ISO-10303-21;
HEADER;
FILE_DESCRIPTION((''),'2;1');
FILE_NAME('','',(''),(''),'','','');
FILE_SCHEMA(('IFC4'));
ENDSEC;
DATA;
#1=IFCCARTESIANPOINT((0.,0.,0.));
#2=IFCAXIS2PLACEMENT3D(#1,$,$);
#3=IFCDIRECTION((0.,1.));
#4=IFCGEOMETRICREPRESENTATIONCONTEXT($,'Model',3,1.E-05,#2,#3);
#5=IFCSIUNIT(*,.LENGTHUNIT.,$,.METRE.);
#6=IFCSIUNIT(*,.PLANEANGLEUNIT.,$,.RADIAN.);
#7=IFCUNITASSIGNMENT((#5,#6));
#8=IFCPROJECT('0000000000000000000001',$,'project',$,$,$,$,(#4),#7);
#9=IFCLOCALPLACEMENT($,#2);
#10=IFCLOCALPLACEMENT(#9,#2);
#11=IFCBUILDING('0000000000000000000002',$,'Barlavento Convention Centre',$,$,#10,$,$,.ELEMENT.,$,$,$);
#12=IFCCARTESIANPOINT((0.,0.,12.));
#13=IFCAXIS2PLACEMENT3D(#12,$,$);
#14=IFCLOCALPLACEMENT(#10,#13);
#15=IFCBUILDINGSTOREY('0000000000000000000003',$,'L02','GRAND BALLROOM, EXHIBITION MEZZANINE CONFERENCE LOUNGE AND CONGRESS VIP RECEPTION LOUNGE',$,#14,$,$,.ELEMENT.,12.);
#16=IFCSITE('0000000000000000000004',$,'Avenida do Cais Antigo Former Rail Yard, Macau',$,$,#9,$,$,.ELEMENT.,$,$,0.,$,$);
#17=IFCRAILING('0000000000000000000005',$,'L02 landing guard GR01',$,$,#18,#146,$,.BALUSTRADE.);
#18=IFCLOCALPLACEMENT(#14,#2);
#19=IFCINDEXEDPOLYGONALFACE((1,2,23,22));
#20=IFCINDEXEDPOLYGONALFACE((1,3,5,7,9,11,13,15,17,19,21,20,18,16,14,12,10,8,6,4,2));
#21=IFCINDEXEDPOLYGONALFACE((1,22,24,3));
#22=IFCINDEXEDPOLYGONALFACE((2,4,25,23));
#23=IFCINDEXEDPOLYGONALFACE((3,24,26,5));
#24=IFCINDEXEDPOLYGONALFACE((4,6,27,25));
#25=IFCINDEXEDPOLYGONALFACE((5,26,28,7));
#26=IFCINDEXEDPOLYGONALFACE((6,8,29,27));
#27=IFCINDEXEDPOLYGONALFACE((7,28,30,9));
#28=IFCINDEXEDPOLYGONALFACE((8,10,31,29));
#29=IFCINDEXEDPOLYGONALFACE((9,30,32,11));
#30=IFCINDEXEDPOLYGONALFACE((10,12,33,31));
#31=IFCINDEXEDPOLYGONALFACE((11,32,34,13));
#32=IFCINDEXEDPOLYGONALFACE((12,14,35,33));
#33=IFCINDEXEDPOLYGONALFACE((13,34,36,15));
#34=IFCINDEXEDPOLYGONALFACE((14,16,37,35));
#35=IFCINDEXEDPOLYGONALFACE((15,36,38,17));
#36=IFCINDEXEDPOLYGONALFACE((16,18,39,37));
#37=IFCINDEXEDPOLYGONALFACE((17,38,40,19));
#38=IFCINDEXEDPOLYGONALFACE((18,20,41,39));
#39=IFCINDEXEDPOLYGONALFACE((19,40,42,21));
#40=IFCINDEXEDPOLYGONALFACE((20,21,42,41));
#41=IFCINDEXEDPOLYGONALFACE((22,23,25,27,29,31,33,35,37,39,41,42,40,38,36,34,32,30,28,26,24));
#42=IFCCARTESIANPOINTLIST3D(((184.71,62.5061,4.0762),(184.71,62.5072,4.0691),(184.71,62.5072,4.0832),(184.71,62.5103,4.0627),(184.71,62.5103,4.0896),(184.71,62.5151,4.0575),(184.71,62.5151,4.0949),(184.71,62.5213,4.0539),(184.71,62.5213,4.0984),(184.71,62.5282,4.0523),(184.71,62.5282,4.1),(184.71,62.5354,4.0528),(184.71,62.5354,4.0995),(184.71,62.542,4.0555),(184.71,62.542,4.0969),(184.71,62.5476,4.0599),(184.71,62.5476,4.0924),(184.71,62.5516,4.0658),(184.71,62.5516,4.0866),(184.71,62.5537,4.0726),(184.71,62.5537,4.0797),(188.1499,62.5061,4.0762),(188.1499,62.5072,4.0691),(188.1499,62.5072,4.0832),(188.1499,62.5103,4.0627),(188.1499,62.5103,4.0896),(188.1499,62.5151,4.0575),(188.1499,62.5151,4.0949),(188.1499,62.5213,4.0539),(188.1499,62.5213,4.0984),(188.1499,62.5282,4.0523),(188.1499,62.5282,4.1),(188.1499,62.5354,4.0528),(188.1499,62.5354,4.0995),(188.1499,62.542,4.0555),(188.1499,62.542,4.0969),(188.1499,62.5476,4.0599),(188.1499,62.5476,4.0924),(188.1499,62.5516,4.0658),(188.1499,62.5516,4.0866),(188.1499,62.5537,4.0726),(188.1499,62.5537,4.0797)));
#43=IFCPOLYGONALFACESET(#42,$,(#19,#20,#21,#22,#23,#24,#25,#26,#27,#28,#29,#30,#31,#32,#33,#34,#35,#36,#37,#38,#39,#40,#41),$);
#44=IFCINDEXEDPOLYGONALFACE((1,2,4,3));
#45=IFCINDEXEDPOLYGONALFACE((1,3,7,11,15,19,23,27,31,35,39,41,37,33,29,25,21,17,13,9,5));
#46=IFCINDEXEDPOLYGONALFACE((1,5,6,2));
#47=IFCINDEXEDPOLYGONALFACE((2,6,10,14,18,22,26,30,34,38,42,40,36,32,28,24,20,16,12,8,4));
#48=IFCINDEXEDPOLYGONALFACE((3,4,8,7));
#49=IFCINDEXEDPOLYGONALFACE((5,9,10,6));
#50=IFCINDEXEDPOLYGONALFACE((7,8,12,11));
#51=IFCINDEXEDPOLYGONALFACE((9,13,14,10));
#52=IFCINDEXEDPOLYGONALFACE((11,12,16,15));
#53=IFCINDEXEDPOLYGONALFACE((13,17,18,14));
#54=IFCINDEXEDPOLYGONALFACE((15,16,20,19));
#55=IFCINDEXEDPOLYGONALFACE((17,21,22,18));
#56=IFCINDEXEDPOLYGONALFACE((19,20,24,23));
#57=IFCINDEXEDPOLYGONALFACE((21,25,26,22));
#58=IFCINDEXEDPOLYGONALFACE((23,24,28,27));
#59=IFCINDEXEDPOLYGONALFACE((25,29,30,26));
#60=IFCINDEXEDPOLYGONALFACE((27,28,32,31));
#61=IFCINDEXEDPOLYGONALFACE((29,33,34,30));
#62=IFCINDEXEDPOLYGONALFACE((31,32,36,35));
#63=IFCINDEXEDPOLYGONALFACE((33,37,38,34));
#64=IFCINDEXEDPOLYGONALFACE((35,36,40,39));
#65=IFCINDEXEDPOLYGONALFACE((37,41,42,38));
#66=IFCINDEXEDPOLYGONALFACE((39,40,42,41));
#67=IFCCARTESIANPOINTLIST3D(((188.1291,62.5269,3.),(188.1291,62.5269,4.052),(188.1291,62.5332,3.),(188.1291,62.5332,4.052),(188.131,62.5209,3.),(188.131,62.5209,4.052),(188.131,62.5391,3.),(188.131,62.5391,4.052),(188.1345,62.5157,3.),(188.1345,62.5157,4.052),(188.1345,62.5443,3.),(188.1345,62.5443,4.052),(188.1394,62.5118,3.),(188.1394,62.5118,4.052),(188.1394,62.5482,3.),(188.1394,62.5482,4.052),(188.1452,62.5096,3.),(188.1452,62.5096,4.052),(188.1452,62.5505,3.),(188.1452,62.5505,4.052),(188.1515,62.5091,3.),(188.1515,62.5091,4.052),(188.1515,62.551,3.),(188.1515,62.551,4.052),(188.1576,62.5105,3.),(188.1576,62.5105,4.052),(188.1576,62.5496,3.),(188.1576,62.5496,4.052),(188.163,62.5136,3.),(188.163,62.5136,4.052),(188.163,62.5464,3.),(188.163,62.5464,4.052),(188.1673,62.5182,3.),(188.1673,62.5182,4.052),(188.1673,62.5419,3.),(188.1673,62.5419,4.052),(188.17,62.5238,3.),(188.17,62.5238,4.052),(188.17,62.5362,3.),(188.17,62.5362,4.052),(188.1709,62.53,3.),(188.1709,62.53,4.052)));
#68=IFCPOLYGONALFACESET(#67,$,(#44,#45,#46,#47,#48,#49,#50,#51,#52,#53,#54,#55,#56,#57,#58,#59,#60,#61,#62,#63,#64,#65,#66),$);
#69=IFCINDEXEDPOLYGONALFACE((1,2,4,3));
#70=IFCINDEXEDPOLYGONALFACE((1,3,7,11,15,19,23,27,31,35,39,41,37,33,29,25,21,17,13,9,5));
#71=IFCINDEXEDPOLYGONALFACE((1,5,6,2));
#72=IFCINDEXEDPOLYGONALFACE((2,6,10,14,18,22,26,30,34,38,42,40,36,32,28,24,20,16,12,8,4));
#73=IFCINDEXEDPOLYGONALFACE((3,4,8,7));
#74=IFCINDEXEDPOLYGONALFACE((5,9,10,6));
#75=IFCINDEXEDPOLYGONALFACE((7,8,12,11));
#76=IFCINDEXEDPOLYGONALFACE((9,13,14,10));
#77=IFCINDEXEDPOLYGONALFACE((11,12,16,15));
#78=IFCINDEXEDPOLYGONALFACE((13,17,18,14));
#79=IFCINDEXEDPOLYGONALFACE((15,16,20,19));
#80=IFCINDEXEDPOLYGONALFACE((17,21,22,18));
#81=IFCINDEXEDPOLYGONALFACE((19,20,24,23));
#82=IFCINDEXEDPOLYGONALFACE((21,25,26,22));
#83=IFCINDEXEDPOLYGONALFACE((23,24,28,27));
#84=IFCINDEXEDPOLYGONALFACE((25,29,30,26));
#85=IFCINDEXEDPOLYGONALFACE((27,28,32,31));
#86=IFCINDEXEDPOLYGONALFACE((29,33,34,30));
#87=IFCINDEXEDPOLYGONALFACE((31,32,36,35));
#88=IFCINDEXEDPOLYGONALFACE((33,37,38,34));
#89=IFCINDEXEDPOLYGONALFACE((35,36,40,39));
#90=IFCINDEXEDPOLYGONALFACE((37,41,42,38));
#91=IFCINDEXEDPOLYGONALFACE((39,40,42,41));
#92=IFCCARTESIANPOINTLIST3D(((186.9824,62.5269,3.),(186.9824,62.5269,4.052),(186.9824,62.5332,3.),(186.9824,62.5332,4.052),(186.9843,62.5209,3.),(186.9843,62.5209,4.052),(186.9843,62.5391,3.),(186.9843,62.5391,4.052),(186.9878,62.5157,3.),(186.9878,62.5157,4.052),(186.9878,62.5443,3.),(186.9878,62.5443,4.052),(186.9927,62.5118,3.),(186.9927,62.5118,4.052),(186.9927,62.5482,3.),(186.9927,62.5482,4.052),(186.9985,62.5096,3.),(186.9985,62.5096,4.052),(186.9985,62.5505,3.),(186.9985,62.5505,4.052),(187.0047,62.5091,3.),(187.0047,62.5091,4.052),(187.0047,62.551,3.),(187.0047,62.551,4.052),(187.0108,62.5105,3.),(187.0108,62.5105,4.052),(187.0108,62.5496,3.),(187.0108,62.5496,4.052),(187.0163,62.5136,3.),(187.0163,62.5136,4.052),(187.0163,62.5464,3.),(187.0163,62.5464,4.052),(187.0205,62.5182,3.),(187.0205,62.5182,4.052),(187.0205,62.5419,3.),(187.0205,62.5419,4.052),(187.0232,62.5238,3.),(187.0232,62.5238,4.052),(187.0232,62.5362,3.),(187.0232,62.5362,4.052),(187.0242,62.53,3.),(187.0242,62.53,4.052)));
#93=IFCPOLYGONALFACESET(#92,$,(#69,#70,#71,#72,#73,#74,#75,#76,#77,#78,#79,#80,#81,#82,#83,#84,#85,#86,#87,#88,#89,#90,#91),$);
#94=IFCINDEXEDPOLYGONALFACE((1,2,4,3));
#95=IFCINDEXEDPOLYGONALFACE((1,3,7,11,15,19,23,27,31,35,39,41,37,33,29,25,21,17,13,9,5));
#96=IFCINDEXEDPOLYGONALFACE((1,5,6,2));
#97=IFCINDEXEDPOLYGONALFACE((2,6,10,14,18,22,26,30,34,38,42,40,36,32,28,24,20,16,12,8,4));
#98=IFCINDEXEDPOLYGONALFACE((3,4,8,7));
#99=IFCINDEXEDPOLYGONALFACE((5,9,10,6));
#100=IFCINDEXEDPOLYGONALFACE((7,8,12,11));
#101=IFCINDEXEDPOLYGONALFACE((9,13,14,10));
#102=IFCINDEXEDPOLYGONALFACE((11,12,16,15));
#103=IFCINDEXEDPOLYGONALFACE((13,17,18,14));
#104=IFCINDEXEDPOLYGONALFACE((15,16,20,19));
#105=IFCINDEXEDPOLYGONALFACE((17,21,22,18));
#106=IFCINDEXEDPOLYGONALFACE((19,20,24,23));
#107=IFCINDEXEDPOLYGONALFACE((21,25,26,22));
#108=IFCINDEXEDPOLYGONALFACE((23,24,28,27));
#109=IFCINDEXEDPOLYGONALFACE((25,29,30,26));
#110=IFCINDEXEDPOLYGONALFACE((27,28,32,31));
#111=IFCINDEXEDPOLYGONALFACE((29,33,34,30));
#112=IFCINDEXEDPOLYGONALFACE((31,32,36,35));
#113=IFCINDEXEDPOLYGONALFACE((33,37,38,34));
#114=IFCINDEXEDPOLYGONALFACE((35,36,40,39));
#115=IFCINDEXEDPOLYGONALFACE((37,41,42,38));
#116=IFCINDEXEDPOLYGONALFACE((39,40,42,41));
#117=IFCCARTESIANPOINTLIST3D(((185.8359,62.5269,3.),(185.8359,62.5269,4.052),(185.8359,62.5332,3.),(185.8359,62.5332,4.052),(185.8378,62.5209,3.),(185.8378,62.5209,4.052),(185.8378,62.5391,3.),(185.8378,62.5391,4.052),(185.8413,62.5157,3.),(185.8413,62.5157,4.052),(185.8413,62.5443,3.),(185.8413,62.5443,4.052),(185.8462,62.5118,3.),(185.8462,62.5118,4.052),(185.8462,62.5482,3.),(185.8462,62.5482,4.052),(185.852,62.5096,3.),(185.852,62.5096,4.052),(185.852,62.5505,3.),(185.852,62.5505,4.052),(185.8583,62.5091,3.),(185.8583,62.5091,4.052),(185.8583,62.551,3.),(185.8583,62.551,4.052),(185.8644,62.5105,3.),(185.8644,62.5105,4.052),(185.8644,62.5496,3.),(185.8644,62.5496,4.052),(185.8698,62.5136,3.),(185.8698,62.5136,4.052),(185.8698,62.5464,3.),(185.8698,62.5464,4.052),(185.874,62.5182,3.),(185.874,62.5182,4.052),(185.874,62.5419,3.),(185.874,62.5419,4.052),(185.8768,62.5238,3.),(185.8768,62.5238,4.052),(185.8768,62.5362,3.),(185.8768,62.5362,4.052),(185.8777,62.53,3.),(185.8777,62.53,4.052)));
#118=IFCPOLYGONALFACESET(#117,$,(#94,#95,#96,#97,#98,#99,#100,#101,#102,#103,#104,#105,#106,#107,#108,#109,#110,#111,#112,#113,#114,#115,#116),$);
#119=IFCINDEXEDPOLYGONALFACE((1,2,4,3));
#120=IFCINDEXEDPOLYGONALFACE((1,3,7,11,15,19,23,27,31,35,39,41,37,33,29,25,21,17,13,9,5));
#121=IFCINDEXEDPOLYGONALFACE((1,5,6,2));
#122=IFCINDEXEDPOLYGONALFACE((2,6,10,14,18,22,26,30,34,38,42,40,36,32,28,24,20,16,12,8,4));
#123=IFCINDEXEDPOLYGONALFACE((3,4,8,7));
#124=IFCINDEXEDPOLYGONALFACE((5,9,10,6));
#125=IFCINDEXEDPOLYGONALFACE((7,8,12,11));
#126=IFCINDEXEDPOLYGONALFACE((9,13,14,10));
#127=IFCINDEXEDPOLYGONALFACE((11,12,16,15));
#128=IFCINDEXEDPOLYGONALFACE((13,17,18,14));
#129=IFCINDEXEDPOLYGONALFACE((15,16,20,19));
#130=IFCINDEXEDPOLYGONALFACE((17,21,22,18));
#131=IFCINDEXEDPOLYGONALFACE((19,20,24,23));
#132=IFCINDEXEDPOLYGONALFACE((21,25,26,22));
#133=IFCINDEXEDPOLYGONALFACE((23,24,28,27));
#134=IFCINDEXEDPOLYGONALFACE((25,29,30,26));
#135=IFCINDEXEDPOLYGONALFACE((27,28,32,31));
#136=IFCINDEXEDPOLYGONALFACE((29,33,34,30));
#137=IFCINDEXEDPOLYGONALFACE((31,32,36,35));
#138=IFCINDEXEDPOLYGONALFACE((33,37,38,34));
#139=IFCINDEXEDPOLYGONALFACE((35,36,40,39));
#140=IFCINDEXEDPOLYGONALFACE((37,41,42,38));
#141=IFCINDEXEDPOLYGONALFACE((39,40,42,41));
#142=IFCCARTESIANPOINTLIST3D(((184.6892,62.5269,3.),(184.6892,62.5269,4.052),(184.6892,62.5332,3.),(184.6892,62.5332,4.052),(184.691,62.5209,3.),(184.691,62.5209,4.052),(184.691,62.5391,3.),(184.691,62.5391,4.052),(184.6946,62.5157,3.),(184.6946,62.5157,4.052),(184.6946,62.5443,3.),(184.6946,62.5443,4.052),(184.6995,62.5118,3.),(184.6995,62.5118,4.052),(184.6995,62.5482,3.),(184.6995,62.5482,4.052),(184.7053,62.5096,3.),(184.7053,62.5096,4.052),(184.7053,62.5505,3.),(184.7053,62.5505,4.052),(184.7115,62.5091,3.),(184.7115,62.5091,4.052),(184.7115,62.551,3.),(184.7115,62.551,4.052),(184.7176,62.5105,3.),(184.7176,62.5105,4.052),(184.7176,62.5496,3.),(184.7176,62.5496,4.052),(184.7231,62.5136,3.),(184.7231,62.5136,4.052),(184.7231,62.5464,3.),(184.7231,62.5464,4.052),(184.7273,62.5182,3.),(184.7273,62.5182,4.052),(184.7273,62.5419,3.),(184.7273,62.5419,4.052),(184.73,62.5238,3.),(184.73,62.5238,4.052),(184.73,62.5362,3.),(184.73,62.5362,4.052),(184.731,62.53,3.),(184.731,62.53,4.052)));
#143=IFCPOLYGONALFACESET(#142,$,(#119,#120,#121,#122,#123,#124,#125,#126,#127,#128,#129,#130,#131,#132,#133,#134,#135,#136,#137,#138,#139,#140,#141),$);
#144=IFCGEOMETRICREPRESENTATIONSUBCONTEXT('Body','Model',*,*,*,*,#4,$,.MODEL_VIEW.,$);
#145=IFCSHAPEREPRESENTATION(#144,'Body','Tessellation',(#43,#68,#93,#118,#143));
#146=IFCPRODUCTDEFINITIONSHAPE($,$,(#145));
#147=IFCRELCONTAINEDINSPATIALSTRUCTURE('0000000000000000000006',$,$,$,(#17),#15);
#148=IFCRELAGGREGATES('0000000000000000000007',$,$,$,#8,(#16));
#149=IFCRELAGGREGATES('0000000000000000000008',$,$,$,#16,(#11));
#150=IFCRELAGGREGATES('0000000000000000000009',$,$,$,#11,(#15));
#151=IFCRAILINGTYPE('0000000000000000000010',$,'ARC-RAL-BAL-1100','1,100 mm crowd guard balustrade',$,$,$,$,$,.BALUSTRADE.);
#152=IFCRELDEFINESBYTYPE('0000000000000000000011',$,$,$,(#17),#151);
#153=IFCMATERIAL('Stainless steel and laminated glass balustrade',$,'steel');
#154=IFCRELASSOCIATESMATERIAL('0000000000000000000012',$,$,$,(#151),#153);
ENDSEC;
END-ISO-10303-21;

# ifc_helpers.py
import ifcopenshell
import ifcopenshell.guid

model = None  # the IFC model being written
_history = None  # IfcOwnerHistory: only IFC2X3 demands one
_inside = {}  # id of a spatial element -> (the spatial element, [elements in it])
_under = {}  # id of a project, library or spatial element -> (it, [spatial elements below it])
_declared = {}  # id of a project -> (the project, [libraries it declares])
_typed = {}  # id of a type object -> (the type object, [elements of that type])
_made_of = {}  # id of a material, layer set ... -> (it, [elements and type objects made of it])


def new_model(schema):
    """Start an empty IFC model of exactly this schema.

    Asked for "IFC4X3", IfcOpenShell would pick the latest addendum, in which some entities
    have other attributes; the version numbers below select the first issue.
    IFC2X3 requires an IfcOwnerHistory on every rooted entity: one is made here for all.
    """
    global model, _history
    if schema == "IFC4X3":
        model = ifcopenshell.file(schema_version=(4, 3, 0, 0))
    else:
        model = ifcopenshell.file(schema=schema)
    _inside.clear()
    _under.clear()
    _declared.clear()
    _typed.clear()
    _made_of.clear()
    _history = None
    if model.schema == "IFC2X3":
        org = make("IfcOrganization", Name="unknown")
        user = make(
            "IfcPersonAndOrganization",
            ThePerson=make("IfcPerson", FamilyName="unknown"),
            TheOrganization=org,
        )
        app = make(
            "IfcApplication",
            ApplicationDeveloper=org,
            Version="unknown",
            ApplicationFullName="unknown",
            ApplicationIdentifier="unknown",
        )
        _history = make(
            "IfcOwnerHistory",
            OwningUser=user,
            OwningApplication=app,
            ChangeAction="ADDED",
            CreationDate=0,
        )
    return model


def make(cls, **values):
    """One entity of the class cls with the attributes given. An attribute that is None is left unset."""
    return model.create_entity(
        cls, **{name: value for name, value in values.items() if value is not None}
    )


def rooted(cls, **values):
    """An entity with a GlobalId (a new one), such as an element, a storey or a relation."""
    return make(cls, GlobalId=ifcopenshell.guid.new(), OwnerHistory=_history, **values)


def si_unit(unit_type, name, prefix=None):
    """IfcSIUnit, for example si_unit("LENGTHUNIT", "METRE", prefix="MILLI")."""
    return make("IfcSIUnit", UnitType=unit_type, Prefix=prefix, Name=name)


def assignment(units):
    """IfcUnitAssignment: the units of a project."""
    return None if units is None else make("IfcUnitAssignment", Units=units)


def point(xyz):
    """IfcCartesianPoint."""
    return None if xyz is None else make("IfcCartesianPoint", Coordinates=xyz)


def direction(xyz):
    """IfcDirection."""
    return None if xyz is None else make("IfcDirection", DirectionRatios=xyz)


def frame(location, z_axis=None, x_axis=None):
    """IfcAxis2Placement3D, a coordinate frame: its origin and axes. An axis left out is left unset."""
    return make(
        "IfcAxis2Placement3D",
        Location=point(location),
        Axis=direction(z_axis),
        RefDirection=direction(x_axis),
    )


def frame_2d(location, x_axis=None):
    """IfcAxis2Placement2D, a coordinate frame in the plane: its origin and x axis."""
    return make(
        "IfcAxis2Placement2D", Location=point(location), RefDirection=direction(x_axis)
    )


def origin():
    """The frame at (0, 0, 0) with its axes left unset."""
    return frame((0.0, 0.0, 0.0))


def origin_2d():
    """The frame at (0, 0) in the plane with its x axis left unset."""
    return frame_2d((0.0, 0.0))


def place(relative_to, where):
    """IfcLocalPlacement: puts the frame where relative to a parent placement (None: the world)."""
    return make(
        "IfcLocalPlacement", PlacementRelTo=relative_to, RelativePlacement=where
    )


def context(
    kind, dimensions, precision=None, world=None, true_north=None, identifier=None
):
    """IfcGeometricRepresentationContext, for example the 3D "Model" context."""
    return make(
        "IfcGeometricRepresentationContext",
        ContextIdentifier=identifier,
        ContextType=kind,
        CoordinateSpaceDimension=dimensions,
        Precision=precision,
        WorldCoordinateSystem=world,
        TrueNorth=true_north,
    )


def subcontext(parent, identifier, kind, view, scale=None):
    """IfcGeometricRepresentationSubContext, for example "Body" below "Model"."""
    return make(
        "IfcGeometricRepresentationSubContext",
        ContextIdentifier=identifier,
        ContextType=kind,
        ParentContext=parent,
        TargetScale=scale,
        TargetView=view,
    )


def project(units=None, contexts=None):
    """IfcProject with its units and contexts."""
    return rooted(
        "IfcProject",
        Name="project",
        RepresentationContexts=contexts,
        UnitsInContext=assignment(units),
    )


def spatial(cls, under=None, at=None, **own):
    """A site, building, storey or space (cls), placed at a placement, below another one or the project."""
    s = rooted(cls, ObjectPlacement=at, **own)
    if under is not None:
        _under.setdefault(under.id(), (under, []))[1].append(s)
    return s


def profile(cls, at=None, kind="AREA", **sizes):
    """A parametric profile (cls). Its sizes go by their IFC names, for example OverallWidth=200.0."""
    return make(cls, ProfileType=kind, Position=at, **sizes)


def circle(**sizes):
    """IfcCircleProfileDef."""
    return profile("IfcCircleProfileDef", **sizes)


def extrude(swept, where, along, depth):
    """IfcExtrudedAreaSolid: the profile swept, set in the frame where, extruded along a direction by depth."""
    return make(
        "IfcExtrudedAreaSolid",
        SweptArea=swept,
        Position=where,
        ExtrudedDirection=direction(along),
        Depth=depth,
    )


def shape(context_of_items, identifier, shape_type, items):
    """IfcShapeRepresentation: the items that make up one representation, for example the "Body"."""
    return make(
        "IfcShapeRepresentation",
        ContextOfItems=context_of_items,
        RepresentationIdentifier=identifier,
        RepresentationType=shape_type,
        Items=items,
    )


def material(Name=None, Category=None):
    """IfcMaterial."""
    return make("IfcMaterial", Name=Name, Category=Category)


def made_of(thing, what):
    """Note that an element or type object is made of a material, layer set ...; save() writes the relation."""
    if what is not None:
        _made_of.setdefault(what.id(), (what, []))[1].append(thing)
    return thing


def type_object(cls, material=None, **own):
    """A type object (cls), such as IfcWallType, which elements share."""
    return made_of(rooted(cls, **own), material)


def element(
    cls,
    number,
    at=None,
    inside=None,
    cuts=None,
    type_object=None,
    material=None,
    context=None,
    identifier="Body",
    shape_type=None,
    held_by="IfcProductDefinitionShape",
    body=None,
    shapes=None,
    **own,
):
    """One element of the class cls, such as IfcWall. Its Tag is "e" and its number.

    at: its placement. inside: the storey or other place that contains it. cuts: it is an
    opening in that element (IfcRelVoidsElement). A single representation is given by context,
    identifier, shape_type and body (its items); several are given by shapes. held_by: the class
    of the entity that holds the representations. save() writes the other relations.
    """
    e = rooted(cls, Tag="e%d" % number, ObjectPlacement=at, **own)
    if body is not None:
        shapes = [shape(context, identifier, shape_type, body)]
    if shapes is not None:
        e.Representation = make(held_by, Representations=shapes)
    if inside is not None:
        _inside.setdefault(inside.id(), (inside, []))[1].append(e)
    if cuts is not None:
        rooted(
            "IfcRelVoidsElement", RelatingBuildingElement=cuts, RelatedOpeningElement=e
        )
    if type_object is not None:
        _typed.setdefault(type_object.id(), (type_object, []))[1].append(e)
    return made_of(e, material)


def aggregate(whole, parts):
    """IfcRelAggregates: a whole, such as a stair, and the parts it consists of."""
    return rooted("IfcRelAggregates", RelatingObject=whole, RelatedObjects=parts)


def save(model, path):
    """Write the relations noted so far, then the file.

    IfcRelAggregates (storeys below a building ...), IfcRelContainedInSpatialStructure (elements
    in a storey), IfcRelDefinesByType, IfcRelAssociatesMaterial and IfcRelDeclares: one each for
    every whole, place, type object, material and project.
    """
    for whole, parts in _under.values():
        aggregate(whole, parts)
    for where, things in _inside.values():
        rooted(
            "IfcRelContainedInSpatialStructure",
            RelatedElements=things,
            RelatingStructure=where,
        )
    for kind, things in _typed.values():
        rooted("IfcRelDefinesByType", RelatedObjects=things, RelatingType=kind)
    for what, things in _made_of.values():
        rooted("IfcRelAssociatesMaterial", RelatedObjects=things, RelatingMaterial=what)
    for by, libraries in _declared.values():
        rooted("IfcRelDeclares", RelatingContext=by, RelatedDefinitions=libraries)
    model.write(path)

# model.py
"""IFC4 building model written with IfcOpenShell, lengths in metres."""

from ifc_helpers import new_model, si_unit, direction, frame, origin, origin_2d, place, context, subcontext, project, spatial, circle, extrude, material, type_object, element, save


model = new_model("IFC4")

# Units and contexts
model_context = context("Model", 3, precision=1e-05, world=origin(), true_north=direction((0.0, 1.0)))
body_context = subcontext(model_context, "Body", "Model", "MODEL_VIEW")
ifc_project = project(units=[si_unit("LENGTHUNIT", "METRE"), si_unit("PLANEANGLEUNIT", "RADIAN")], contexts=[model_context])

# Site, building, storey
site_placement = place(None, origin())
site = spatial("IfcSite", under=ifc_project, at=site_placement, Name="Avenida do Cais Antigo Former Rail Yard, Macau", CompositionType="ELEMENT", RefElevation=0.0)
building_placement = place(site_placement, origin())
building = spatial("IfcBuilding", under=site, at=building_placement, Name="Barlavento Convention Centre", CompositionType="ELEMENT")
storey_placement = place(building_placement, frame((0.0, 0.0, 12.0)))
storey = spatial("IfcBuildingStorey", under=building, at=storey_placement, Name="L02", Description="GRAND BALLROOM, EXHIBITION MEZZANINE CONFERENCE LOUNGE AND CONGRESS VIP RECEPTION LOUNGE", CompositionType="ELEMENT", Elevation=12.0)

# Railing
ifc_material_1 = material(Name="Stainless steel and laminated glass balustrade", Category="steel")
railing_type_1 = type_object("IfcRailingType", Name="ARC-RAL-BAL-1100", Description="1,100 mm crowd guard balustrade", PredefinedType="BALUSTRADE", material=ifc_material_1)
railing_1_placement = place(storey_placement, frame((188.1499, 62.53, 3.0)))
element("IfcRailing", 1, at=railing_1_placement, inside=storey, type_object=railing_type_1, Name="L02 landing guard GR01", PredefinedType="BALUSTRADE", context=body_context, shape_type="SweptSolid", body=[
    extrude(circle(Radius=0.0239, at=origin_2d()), frame((0.0, 0.0, 1.0762), z_axis=(-1.0, 0.0, 0.0), x_axis=(0.0, -1.0, 0.0)), (0.0, 0.0, 1.0), 3.4399),
    extrude(circle(Radius=0.021, at=origin_2d()), origin(), (0.0, 0.0, 1.0), 1.052),
    extrude(circle(Radius=0.021, at=origin_2d()), frame((-1.1467, 0.0, 0.0)), (0.0, 0.0, 1.0), 1.052),
    extrude(circle(Radius=0.021, at=origin_2d()), frame((-2.2932, 0.0, 0.0)), (0.0, 0.0, 1.0), 1.052),
    extrude(circle(Radius=0.021, at=origin_2d()), frame((-3.4399, 0.0, 0.0)), (0.0, 0.0, 1.0), 1.052),
])

save(model, "model.ifc")
